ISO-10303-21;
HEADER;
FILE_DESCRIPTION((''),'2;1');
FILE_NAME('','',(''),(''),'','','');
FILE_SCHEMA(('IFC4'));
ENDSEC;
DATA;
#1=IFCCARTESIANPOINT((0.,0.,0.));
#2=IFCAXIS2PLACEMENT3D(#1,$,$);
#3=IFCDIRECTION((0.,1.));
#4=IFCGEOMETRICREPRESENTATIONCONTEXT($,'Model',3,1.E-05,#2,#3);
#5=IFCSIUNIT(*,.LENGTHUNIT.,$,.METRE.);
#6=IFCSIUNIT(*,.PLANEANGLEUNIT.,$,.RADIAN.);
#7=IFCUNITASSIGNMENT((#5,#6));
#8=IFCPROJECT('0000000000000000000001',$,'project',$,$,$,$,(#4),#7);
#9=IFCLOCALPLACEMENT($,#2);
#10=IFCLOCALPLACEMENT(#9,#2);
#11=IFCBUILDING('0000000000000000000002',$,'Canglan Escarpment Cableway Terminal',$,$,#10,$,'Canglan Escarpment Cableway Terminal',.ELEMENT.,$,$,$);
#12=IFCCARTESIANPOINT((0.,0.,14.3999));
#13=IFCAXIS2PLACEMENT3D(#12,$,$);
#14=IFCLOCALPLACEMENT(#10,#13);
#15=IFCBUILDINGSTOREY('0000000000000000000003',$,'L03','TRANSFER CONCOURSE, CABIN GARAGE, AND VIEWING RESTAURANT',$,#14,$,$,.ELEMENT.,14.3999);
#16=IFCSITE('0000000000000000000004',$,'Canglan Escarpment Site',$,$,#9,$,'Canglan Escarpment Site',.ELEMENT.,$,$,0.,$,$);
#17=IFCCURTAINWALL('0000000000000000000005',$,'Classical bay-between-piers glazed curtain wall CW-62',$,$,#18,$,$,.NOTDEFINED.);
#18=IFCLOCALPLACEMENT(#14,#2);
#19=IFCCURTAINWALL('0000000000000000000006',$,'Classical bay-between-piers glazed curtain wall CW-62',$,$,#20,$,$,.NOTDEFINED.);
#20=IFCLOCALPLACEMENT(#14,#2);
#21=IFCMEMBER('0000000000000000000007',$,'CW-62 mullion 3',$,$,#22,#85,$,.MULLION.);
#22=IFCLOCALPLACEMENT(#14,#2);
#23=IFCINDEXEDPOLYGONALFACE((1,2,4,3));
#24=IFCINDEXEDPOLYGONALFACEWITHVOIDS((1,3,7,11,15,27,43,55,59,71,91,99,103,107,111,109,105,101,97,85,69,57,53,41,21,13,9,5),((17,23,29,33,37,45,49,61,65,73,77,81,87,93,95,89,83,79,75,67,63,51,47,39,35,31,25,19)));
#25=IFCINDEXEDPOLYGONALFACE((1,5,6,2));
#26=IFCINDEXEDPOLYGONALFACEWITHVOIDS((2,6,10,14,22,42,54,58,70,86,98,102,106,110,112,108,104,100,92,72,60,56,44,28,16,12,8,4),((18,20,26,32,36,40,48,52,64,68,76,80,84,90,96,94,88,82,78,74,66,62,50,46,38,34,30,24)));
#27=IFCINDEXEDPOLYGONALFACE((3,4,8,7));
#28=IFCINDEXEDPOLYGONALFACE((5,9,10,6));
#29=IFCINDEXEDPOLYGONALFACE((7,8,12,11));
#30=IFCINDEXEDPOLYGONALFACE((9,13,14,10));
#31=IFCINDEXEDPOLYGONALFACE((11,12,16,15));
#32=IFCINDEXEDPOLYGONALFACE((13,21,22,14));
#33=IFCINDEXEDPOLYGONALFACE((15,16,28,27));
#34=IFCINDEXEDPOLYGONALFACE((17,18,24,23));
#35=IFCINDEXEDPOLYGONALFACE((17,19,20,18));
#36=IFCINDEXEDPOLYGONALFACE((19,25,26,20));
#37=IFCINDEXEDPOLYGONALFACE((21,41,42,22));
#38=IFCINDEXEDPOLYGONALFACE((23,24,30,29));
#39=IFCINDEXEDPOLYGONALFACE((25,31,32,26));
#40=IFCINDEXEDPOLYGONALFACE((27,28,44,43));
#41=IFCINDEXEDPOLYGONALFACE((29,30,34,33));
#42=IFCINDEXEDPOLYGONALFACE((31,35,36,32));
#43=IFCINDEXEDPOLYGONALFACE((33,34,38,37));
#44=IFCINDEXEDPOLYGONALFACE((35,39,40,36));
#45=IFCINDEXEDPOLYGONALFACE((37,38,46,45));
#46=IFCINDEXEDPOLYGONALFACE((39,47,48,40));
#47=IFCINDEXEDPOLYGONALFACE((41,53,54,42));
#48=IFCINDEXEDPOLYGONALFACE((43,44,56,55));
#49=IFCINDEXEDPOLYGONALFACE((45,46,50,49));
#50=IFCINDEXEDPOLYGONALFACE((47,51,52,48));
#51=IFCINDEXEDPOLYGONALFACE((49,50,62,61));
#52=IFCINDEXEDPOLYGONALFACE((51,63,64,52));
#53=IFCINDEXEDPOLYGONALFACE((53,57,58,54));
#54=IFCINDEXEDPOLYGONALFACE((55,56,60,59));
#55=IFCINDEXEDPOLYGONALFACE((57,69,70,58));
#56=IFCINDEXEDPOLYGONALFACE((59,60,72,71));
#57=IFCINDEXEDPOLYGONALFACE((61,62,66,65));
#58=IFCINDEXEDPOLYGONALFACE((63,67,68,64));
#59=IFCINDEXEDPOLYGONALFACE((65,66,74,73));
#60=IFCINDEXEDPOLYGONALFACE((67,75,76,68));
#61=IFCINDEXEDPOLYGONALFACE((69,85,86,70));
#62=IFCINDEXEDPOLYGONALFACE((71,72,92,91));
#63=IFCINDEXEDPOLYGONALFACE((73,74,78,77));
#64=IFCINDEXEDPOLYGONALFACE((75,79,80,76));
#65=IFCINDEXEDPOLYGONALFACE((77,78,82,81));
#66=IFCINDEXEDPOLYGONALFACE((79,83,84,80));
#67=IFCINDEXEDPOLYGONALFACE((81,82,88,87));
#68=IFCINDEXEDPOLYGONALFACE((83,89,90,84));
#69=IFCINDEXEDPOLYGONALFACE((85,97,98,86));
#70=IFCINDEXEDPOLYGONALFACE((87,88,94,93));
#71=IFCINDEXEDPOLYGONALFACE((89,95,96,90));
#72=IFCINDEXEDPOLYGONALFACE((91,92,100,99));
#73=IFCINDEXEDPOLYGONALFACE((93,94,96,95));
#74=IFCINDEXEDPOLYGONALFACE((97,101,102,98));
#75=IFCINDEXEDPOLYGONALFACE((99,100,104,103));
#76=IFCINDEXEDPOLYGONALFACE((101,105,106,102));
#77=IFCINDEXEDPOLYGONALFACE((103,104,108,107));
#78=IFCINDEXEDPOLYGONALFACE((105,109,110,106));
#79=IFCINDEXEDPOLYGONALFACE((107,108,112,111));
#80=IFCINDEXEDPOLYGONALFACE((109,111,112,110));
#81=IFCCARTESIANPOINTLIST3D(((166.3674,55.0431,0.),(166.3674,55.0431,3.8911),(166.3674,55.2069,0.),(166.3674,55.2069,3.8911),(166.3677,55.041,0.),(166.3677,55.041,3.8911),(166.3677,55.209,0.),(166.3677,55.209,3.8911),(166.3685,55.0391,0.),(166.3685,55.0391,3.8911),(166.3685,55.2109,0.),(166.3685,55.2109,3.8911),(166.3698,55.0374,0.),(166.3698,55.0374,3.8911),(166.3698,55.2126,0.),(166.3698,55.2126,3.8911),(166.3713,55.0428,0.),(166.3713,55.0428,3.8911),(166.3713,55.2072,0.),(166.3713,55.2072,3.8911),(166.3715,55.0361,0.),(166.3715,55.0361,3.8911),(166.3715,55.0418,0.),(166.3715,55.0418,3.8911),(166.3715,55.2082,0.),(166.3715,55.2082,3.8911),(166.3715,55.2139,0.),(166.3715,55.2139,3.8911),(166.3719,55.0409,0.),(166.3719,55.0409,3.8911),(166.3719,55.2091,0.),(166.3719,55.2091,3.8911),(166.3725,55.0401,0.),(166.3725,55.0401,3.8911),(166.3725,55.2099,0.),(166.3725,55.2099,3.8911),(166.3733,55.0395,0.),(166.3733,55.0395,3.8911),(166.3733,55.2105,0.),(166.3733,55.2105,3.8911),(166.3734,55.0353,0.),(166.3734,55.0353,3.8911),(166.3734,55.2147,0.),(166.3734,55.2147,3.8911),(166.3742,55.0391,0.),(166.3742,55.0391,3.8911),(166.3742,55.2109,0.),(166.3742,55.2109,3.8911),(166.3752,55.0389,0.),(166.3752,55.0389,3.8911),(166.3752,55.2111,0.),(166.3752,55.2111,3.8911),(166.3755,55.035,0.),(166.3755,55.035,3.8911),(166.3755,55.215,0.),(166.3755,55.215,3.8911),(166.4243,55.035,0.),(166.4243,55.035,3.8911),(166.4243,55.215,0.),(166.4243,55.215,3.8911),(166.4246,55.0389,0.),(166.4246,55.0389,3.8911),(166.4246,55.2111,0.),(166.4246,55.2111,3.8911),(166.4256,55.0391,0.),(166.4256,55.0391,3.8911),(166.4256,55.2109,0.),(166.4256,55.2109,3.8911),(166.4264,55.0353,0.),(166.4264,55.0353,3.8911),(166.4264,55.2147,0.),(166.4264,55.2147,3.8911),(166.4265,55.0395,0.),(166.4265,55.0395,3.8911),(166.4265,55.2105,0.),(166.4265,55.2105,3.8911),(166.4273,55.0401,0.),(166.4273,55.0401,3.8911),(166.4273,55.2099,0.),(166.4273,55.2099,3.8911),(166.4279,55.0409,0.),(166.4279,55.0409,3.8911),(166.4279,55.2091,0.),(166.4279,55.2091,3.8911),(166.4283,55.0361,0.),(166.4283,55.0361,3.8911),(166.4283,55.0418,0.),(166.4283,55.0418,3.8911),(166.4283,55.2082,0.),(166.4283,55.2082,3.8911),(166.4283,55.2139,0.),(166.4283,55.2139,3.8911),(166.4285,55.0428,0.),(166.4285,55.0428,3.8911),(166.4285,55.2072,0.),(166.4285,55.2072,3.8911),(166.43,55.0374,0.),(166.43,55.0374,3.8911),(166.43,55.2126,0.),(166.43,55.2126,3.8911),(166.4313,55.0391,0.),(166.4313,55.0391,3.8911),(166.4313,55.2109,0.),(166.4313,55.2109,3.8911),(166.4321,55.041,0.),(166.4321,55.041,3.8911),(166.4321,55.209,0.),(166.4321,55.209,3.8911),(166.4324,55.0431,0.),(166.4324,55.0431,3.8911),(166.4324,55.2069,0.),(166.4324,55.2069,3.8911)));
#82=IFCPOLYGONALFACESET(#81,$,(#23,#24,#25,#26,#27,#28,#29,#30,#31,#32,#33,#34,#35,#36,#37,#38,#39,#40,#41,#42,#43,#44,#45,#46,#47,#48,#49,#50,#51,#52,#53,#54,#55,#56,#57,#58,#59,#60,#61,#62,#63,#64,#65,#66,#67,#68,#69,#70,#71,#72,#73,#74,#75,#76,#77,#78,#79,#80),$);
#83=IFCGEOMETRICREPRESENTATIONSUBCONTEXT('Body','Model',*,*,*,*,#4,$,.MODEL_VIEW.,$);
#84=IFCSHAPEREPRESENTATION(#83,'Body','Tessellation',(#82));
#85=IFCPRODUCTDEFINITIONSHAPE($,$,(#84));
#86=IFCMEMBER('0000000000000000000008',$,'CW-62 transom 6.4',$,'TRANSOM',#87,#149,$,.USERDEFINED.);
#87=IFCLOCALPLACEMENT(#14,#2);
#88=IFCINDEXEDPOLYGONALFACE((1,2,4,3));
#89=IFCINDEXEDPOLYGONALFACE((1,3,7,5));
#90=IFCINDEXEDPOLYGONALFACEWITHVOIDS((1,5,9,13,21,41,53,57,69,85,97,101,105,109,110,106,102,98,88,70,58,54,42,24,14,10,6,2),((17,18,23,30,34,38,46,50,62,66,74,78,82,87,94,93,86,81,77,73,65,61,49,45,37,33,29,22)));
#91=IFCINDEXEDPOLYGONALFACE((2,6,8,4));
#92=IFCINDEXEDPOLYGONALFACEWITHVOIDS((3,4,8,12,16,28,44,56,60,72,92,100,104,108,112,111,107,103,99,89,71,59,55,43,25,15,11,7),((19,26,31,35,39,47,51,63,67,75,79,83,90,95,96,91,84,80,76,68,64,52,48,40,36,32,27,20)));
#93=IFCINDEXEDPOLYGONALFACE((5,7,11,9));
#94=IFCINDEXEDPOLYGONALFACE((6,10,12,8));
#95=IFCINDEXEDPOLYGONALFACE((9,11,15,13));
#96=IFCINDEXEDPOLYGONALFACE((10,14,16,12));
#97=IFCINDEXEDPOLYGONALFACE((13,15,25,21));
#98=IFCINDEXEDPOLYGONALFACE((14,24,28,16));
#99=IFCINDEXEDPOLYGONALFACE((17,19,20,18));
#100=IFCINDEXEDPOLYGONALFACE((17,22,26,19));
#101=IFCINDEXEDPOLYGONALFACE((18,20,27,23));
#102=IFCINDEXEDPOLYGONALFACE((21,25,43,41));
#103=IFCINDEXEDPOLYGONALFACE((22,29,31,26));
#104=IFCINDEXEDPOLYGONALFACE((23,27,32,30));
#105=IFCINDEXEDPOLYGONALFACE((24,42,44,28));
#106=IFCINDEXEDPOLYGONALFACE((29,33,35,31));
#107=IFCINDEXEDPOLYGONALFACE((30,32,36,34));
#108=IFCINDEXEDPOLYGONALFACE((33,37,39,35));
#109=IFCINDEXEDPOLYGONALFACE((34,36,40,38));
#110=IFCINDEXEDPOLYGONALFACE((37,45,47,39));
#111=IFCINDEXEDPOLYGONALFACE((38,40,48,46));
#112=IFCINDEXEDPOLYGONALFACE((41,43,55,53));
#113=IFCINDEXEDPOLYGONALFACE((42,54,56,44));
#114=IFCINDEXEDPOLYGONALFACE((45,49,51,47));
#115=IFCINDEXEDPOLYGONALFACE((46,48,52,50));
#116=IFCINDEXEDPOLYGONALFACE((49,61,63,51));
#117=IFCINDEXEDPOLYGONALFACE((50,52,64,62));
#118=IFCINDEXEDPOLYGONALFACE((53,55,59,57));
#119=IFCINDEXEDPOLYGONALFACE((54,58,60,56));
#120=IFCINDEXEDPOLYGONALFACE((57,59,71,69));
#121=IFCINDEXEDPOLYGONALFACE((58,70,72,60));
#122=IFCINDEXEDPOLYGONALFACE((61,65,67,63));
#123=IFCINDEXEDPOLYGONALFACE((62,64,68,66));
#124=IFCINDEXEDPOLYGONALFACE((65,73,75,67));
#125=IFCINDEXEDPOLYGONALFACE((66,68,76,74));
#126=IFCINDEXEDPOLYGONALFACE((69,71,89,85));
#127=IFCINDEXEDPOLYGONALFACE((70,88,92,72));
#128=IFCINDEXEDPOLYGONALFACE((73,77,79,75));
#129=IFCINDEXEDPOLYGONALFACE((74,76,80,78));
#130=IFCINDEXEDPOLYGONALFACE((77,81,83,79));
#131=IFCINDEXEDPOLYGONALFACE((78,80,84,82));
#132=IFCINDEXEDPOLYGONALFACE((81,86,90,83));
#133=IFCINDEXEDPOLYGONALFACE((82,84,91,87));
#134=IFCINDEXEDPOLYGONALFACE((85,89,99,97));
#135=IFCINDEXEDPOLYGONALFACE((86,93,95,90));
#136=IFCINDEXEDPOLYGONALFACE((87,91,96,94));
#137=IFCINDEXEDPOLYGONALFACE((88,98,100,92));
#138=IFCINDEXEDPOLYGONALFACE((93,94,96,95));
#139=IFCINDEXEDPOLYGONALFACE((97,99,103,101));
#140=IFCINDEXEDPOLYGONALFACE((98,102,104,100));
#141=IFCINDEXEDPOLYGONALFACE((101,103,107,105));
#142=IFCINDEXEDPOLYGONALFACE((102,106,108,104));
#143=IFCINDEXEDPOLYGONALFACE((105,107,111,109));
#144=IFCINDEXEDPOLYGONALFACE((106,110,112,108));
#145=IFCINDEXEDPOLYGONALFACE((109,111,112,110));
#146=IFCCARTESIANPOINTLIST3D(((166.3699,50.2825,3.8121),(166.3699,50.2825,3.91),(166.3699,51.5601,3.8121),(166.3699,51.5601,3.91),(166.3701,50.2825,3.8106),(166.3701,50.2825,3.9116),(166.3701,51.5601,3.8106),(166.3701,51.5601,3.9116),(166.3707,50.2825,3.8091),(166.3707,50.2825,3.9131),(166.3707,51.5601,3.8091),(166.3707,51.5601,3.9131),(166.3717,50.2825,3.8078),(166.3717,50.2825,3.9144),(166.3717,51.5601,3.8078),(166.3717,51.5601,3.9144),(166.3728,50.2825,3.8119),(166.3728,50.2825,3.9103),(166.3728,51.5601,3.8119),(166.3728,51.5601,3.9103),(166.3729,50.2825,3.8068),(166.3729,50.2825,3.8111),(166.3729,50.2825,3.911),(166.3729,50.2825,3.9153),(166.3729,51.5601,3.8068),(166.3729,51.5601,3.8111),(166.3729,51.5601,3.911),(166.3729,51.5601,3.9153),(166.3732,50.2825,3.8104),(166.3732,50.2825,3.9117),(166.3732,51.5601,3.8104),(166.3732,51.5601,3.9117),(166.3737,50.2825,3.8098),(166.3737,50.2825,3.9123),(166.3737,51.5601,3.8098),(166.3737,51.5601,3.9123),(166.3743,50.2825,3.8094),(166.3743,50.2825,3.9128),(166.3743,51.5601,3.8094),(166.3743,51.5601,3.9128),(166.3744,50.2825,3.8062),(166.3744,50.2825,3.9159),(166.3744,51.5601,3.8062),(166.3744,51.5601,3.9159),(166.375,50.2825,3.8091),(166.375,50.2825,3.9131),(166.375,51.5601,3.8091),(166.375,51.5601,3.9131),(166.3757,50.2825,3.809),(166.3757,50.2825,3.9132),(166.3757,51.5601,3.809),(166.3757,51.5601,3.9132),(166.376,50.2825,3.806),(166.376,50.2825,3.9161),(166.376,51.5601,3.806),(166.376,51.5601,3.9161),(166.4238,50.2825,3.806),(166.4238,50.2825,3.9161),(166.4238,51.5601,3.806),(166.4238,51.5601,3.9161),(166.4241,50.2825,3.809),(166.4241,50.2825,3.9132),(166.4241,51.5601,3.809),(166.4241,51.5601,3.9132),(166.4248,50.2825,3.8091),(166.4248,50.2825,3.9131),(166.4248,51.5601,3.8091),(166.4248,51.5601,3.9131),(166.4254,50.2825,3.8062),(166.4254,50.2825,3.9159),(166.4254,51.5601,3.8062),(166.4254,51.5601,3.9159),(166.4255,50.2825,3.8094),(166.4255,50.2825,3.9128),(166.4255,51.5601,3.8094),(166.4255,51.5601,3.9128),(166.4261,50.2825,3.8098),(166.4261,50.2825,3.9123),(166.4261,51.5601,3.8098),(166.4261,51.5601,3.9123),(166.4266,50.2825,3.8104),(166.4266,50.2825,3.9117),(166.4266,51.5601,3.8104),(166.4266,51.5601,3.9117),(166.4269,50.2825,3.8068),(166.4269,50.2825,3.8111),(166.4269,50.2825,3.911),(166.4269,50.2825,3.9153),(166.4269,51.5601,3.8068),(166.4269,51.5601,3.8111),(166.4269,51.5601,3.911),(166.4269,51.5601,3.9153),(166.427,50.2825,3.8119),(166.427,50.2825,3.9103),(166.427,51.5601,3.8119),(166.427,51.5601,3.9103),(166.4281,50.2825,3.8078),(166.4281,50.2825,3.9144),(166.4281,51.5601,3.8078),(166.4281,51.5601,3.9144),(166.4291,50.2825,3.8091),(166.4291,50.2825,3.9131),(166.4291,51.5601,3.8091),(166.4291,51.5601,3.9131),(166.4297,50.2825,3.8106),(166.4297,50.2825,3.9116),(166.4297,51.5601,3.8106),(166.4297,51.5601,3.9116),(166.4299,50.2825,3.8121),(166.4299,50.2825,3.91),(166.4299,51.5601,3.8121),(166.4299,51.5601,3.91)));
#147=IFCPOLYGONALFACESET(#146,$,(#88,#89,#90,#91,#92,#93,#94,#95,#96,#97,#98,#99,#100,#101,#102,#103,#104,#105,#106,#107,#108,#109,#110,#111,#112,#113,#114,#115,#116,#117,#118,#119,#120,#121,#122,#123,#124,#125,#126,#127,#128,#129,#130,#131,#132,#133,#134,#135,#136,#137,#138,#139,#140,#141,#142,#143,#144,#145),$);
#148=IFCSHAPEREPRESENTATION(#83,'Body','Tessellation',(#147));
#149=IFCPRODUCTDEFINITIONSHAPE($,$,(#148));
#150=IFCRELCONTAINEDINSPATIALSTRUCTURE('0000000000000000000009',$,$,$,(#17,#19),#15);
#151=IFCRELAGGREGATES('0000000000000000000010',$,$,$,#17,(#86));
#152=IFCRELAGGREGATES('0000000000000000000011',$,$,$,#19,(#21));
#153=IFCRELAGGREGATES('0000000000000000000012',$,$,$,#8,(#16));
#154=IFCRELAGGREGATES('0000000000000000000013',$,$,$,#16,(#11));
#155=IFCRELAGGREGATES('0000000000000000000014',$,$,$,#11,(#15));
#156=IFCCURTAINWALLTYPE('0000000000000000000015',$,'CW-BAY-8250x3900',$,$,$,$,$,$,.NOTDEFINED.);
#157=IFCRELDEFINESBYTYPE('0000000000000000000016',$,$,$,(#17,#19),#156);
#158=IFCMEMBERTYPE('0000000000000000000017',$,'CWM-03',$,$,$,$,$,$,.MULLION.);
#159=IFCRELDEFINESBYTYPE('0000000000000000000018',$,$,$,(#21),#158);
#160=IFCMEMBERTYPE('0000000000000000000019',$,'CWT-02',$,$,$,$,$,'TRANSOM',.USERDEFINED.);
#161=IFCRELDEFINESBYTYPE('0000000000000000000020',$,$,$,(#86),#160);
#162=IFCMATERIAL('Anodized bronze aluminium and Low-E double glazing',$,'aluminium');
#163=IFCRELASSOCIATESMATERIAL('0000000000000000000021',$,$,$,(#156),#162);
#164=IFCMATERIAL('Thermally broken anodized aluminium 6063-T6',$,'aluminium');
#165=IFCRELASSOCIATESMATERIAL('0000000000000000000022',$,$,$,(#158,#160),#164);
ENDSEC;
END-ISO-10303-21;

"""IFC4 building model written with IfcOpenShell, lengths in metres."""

from ifc_helpers import new_model, si_unit, direction, frame, origin, origin_2d, place, context, subcontext, project, spatial, hollow_rectangle, extrude, material, material_profile, profile_set, type_object, element, aggregate, save


model = new_model("IFC4")

# Units and contexts
model_context = context("Model", 3, precision=1e-05, world=origin(), true_north=direction((0.0, 1.0)))
body_context = subcontext(model_context, "Body", "Model", "MODEL_VIEW")
ifc_project = project(units=[si_unit("LENGTHUNIT", "METRE"), si_unit("PLANEANGLEUNIT", "RADIAN")], contexts=[model_context])

# Site, building, storey
site_placement = place(None, origin())
site = spatial("IfcSite", under=ifc_project, at=site_placement, Name="Canglan Escarpment Site", LongName="Canglan Escarpment Site", CompositionType="ELEMENT", RefElevation=0.0)
building_placement = place(site_placement, origin())
building = spatial("IfcBuilding", under=site, at=building_placement, Name="Canglan Escarpment Cableway Terminal", LongName="Canglan Escarpment Cableway Terminal", CompositionType="ELEMENT")
storey_placement = place(building_placement, frame((0.0, 0.0, 14.3999)))
storey = spatial("IfcBuildingStorey", under=building, at=storey_placement, Name="L03", Description="TRANSFER CONCOURSE, CABIN GARAGE, AND VIEWING RESTAURANT", CompositionType="ELEMENT", Elevation=14.3999)

# Curtain wall
ifc_material_1 = material(Name="Anodized bronze aluminium and Low-E double glazing", Category="aluminium")
curtain_wall_type = type_object("IfcCurtainWallType", Name="CW-BAY-8250x3900", PredefinedType="NOTDEFINED", material=ifc_material_1)
curtain_wall_1_placement = place(storey_placement, origin())
curtain_wall_1 = element("IfcCurtainWall", 1, at=curtain_wall_1_placement, inside=storey, type_object=curtain_wall_type, Name="Classical bay-between-piers glazed curtain wall CW-62", PredefinedType="NOTDEFINED")
ifc_material_2 = material(Name="Thermally broken anodized aluminium 6063-T6", Category="aluminium")

# Curtain wall, member
curtain_wall_2_placement = place(storey_placement, origin())
curtain_wall_2 = element("IfcCurtainWall", 2, at=curtain_wall_2_placement, inside=storey, type_object=curtain_wall_type, Name="Classical bay-between-piers glazed curtain wall CW-62", PredefinedType="NOTDEFINED")
ifc_material_profile_1 = material_profile(ifc_material_2, hollow_rectangle(XDim=0.0649, YDim=0.1799, WallThickness=0.0039, InnerFilletRadius=0.0039, OuterFilletRadius=0.0081, at=origin_2d()), Name="ALU-MULL 65x180x4")
ifc_profile_set_1 = profile_set([ifc_material_profile_1], Name="Thermally broken anodized aluminium 6063-T6")
member_type_1 = type_object("IfcMemberType", Name="CWM-03", PredefinedType="MULLION", material=ifc_profile_set_1)
member_1_placement = place(storey_placement, frame((166.3999, 55.125, 0.0), z_axis=(0.0, 0.0, 1.0), x_axis=(-1.0, 0.0, 0.0)))
member_1 = element("IfcMember", 3, at=member_1_placement, type_object=member_type_1, Name="CW-62 mullion 3", PredefinedType="MULLION", context=body_context, shape_type="SweptSolid", body=[
    extrude(hollow_rectangle(XDim=0.0649, YDim=0.1799, WallThickness=0.0039, InnerFilletRadius=0.0039, OuterFilletRadius=0.0081, at=origin_2d()), origin(), (0.0, 0.0, 1.0), 3.8911),
])

# Member
ifc_material_profile_2 = material_profile(ifc_material_2, hollow_rectangle(XDim=0.0601, YDim=0.1101, WallThickness=0.0029, InnerFilletRadius=0.0029, OuterFilletRadius=0.0061, at=origin_2d()), Name="ALU-TRAN 60x110x3")
ifc_profile_set_2 = profile_set([ifc_material_profile_2], Name="Thermally broken anodized aluminium 6063-T6")
member_type_2 = type_object("IfcMemberType", Name="CWT-02", ElementType="TRANSOM", PredefinedType="USERDEFINED", material=ifc_profile_set_2)
member_2_placement = place(storey_placement, frame((166.3999, 50.2825, 3.8611), z_axis=(0.0, 1.0, 0.0), x_axis=(-1.0, 0.0, 0.0)))
member_2 = element("IfcMember", 4, at=member_2_placement, type_object=member_type_2, Name="CW-62 transom 6.4", ObjectType="TRANSOM", PredefinedType="USERDEFINED", context=body_context, shape_type="SweptSolid", body=[
    extrude(hollow_rectangle(XDim=0.0601, YDim=0.1101, WallThickness=0.0029, InnerFilletRadius=0.0029, OuterFilletRadius=0.0061, at=origin_2d()), origin(), (0.0, 0.0, 1.0), 1.2776),
])

aggregate(curtain_wall_1, [member_2])
aggregate(curtain_wall_2, [member_1])

save(model, "model.ifc")
